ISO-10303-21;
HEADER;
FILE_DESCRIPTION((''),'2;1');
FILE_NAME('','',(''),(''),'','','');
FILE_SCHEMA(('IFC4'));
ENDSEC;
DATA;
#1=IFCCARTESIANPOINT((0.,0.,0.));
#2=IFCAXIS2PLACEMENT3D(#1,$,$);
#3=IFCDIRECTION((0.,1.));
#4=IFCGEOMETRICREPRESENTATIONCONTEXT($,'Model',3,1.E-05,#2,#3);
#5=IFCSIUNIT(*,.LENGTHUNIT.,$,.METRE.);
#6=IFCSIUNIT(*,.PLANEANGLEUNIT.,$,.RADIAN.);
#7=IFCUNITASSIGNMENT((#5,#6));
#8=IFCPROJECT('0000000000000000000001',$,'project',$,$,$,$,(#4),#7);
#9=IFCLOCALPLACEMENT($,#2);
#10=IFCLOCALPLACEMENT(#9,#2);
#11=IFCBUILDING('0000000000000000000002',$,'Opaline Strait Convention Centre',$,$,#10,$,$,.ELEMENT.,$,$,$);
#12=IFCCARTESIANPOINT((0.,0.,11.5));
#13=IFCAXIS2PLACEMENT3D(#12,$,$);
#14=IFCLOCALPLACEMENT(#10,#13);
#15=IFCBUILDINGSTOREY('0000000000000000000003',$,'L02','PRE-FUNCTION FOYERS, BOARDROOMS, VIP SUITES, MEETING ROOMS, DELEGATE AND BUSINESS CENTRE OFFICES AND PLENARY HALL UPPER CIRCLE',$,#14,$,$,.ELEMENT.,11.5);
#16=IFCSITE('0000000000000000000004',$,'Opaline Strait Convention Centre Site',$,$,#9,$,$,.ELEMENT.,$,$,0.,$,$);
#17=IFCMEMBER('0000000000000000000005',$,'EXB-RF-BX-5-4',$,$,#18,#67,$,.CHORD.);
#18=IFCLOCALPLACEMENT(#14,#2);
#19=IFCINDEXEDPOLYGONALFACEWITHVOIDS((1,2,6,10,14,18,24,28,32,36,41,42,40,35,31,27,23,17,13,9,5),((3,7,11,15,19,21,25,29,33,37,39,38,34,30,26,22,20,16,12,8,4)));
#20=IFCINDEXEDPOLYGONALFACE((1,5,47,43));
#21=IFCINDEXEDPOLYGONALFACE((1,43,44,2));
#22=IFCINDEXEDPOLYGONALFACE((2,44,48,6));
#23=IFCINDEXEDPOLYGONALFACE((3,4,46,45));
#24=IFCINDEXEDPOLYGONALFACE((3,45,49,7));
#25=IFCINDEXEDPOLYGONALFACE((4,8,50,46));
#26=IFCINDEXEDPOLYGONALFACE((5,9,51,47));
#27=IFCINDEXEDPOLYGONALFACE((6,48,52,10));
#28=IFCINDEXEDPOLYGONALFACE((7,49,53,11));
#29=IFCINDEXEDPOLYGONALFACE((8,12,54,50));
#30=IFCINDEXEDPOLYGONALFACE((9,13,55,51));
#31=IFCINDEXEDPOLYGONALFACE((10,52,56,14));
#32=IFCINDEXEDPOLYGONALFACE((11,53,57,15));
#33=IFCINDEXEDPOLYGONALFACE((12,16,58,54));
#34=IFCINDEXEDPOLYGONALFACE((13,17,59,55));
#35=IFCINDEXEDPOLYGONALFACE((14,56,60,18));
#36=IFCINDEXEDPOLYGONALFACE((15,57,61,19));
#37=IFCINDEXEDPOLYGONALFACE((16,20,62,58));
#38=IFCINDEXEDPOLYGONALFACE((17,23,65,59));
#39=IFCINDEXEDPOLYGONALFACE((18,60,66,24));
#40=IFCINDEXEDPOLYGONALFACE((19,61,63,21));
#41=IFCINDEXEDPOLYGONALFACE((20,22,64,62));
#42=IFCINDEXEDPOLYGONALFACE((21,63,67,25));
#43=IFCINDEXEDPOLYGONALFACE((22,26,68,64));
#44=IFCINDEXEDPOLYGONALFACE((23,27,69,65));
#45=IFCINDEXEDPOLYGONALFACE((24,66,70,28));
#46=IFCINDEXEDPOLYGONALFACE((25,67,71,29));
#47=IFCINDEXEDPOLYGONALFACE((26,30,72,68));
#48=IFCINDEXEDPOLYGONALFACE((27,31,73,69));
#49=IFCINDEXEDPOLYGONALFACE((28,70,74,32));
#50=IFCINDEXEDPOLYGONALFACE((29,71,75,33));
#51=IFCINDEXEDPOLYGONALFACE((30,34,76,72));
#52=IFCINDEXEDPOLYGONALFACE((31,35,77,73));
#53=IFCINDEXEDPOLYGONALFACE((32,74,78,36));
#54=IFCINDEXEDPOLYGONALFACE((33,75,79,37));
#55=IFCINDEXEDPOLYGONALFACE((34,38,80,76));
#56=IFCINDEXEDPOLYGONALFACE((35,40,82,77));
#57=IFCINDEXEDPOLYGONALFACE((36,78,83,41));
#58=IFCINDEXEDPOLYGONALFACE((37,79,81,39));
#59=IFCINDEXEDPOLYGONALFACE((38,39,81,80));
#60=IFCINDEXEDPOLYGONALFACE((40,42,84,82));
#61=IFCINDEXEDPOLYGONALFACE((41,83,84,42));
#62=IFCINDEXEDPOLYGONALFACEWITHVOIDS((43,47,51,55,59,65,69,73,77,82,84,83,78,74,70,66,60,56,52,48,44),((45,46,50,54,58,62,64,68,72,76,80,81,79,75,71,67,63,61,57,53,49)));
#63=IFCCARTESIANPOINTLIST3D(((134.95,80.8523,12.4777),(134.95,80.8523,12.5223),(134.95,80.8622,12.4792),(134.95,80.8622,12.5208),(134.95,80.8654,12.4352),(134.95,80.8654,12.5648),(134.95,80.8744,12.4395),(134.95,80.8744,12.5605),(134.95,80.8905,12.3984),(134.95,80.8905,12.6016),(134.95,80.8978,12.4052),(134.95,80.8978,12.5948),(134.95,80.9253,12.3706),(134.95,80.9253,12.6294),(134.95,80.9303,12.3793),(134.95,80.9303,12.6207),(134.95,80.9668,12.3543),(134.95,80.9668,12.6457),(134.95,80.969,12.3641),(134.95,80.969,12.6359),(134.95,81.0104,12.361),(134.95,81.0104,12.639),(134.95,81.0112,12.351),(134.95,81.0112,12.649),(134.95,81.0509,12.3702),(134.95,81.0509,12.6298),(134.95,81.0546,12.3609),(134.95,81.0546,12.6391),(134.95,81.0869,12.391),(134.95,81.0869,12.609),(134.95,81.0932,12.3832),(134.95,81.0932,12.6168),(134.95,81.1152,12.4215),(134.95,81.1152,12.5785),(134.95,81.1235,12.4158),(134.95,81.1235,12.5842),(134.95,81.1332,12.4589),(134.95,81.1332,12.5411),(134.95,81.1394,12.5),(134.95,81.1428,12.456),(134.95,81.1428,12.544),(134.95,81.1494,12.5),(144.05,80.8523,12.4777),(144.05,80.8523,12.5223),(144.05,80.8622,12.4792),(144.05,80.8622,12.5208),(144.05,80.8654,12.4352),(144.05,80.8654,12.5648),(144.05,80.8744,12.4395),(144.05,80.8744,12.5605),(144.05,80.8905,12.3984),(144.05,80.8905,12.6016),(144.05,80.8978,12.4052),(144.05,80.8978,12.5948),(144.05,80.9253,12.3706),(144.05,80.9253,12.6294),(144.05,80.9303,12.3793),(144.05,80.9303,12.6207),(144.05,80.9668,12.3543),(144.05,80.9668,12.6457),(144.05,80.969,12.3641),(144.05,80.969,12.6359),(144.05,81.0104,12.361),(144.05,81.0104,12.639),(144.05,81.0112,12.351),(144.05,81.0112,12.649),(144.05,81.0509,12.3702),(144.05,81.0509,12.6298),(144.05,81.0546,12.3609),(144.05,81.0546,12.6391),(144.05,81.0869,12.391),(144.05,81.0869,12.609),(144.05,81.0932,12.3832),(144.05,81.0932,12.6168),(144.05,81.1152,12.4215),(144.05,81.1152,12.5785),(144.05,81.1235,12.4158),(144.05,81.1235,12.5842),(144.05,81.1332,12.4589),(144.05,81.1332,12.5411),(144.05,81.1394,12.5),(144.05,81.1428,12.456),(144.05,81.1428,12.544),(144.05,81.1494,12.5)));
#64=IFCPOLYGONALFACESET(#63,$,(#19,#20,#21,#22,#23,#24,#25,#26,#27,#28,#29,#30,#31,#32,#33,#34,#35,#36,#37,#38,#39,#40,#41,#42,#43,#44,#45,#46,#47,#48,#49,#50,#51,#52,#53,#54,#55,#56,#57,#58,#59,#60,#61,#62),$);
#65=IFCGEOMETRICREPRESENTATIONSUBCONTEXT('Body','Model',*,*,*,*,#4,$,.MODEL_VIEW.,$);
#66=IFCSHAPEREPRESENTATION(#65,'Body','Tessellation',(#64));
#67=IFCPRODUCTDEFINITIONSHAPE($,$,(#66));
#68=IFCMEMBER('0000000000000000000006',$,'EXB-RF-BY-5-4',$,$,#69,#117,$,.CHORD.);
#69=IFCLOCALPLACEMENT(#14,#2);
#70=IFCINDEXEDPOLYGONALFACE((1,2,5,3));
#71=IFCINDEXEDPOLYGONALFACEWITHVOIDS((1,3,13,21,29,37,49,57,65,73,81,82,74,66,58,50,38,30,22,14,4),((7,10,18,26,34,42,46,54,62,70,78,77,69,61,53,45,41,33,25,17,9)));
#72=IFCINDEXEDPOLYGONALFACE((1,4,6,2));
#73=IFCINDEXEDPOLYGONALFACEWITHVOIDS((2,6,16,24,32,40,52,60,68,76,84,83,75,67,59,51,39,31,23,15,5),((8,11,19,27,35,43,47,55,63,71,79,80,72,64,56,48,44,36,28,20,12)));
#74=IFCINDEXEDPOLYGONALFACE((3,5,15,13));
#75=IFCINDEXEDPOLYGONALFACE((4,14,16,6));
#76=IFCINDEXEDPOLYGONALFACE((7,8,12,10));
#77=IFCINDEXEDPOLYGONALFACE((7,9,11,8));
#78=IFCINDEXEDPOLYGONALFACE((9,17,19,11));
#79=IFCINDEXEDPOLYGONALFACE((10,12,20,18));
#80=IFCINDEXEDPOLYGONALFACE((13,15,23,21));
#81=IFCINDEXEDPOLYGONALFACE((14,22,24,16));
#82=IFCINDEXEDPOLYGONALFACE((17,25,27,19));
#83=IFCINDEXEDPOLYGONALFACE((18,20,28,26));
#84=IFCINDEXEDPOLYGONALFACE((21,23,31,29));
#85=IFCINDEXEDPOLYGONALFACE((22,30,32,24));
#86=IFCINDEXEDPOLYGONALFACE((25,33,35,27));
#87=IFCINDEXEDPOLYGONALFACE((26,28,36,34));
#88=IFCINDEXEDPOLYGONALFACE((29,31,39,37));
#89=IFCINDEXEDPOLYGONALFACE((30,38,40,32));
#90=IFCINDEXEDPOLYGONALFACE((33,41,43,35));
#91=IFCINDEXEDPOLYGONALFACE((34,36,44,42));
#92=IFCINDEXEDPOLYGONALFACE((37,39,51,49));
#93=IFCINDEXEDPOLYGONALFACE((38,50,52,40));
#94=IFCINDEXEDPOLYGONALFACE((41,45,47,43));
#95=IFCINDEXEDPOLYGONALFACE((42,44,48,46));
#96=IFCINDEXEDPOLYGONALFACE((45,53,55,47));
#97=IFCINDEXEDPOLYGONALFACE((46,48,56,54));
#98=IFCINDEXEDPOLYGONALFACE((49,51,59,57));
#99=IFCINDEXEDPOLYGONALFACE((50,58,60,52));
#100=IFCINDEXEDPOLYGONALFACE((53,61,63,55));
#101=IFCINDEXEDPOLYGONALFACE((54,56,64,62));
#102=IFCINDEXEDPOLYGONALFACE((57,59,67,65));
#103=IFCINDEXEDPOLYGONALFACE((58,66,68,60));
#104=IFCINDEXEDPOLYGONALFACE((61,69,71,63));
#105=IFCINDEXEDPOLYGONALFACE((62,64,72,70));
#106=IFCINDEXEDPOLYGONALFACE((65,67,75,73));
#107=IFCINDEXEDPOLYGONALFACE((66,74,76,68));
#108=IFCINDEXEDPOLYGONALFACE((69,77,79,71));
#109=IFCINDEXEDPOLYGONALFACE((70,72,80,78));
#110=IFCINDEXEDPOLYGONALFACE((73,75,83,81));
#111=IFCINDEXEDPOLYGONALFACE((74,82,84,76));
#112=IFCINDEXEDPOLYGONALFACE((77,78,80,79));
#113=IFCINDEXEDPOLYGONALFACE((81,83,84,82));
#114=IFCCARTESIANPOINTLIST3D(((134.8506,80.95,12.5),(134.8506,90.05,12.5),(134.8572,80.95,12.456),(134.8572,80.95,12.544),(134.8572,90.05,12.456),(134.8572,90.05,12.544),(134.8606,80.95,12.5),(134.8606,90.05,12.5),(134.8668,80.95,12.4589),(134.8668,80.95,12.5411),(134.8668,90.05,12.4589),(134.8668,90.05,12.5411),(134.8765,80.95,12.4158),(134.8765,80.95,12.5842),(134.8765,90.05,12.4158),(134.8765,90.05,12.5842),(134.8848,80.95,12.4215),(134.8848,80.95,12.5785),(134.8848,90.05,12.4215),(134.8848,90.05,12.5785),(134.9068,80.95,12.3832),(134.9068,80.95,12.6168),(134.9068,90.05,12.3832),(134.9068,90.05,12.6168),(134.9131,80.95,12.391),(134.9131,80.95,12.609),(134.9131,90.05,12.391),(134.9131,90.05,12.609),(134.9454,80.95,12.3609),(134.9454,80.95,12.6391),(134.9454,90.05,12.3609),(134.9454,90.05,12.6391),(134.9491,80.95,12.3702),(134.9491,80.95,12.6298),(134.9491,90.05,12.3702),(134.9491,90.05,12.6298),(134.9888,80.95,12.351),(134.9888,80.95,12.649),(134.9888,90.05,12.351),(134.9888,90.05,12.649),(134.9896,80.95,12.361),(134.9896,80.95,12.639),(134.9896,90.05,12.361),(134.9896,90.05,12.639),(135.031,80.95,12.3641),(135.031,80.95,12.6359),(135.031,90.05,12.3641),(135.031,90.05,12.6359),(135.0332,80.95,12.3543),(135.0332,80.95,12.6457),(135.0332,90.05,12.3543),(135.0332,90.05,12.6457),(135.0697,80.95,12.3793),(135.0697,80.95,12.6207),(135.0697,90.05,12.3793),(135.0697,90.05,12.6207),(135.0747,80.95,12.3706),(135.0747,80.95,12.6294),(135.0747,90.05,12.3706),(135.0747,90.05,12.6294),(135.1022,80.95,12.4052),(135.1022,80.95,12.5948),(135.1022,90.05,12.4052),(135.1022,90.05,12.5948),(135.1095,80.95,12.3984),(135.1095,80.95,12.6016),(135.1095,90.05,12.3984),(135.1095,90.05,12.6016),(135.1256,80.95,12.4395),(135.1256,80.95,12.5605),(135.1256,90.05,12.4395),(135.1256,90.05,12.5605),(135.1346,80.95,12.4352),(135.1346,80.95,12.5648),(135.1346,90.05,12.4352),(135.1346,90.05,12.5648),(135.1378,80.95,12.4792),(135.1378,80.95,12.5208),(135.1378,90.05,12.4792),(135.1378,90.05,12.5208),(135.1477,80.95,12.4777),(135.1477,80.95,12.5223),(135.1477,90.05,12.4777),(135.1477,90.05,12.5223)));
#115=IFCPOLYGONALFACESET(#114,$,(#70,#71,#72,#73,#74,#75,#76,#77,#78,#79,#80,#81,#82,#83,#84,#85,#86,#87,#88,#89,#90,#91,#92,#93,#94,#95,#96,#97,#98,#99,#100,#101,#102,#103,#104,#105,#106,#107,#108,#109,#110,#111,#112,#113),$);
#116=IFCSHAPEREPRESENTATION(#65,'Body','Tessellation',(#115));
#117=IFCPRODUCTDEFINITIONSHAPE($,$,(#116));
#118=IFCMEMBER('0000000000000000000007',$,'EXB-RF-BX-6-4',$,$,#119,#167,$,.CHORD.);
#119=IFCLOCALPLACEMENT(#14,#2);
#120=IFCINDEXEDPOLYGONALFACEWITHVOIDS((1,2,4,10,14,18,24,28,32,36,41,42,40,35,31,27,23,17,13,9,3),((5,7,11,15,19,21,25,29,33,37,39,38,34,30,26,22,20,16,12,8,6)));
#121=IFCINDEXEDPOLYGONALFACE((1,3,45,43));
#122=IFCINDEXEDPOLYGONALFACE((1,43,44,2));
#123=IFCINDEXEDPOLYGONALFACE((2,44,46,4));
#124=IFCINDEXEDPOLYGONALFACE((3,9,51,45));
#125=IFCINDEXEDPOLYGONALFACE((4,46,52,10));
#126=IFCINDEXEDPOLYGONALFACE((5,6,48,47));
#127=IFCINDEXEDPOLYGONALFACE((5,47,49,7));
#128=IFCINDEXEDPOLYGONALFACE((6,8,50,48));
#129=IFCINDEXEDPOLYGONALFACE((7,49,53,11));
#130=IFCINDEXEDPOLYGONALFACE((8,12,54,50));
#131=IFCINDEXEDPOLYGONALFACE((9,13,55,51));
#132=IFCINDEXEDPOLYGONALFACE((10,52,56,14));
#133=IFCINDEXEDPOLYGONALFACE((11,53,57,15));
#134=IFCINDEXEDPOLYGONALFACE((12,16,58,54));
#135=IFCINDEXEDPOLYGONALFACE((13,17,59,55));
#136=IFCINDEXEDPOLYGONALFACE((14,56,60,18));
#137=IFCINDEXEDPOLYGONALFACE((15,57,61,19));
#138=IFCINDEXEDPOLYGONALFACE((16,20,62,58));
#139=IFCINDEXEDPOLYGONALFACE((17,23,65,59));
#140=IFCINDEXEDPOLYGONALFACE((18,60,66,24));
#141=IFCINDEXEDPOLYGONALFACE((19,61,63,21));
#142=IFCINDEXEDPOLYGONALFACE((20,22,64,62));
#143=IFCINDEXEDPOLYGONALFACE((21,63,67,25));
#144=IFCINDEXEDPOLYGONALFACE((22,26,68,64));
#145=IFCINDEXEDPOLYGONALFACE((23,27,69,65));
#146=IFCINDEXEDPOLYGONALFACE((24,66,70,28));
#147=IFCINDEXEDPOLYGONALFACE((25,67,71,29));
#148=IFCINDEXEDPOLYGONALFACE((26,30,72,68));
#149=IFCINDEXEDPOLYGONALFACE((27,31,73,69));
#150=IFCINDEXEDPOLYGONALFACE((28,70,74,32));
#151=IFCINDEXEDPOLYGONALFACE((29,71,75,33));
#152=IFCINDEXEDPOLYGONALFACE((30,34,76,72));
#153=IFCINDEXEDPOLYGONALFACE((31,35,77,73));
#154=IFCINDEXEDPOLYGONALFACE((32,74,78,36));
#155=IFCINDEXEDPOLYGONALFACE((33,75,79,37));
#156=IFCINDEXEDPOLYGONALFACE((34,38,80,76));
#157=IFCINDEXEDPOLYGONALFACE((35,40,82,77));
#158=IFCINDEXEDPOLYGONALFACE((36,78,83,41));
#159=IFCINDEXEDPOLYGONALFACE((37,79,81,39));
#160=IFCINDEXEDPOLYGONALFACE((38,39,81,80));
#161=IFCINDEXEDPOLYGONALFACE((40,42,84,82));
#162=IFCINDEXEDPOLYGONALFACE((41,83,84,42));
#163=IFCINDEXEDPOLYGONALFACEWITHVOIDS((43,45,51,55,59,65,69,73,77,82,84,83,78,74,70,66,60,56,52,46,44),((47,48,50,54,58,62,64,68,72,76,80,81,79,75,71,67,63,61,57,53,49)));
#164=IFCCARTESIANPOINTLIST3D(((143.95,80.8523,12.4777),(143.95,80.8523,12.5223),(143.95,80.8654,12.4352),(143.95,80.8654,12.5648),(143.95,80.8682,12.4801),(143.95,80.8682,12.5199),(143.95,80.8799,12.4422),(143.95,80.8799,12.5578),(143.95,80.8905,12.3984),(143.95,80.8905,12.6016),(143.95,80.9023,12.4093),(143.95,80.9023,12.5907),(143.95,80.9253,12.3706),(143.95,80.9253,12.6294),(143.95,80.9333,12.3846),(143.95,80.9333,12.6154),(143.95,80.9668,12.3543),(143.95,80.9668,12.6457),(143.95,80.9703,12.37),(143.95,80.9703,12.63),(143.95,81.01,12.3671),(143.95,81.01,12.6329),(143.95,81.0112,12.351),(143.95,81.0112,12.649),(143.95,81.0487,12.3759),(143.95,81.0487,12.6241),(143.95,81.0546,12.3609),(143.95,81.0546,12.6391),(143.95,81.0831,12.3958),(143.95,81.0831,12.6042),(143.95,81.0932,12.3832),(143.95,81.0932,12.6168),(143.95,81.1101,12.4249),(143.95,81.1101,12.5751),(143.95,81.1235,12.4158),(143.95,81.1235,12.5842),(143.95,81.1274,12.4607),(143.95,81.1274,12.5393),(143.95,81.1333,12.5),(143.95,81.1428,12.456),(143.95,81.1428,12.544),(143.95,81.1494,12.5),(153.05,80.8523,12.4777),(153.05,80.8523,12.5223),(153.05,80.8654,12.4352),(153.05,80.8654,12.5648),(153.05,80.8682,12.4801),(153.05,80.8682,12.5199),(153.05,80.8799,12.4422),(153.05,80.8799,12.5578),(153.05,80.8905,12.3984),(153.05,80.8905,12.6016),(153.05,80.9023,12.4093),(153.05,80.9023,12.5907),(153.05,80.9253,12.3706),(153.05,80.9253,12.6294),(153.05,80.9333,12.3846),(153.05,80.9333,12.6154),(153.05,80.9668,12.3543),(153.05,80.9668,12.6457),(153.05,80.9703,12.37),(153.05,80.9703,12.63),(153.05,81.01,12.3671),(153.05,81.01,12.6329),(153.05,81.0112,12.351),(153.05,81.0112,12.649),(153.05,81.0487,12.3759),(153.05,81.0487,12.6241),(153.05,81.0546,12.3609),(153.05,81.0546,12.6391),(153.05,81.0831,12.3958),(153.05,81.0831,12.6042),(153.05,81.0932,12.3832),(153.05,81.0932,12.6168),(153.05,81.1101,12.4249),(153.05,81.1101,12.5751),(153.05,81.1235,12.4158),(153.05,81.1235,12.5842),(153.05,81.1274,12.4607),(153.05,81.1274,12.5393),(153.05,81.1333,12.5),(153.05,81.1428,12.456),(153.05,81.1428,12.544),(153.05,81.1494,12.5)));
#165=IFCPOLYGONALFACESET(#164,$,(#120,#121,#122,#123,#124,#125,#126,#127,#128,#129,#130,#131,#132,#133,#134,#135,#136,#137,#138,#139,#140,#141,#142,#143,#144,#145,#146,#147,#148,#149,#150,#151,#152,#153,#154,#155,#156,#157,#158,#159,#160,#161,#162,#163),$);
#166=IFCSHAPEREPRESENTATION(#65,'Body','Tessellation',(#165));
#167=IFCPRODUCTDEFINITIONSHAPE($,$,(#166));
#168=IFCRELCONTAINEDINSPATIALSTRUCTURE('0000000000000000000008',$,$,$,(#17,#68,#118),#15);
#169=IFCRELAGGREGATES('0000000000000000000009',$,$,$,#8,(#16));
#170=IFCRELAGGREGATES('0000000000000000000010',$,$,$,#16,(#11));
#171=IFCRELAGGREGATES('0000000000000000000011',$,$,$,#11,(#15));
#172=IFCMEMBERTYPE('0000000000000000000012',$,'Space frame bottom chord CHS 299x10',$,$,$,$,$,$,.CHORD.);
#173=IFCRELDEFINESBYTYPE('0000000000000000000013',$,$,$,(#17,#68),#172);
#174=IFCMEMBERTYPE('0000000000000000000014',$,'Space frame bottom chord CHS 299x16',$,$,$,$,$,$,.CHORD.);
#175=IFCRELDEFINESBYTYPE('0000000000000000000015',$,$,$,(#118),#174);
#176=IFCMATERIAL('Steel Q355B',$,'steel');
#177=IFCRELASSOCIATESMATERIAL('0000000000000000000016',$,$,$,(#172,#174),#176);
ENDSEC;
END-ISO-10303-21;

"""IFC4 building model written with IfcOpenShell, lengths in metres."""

from ifc_helpers import new_model, si_unit, direction, frame, origin, origin_2d, place, context, subcontext, project, spatial, hollow_circle, extrude, material, material_profile, profile_set, type_object, element, save


model = new_model("IFC4")

# Units and contexts
model_context = context("Model", 3, precision=1e-05, world=origin(), true_north=direction((0.0, 1.0)))
body_context = subcontext(model_context, "Body", "Model", "MODEL_VIEW")
ifc_project = project(units=[si_unit("LENGTHUNIT", "METRE"), si_unit("PLANEANGLEUNIT", "RADIAN")], contexts=[model_context])

# Site, building, storey
site_placement = place(None, origin())
site = spatial("IfcSite", under=ifc_project, at=site_placement, Name="Opaline Strait Convention Centre Site", CompositionType="ELEMENT", RefElevation=0.0)
building_placement = place(site_placement, origin())
building = spatial("IfcBuilding", under=site, at=building_placement, Name="Opaline Strait Convention Centre", CompositionType="ELEMENT")
storey_placement = place(building_placement, frame((0.0, 0.0, 11.5)))
storey = spatial("IfcBuildingStorey", under=building, at=storey_placement, Name="L02", Description="PRE-FUNCTION FOYERS, BOARDROOMS, VIP SUITES, MEETING ROOMS, DELEGATE AND BUSINESS CENTRE OFFICES AND PLENARY HALL UPPER CIRCLE", CompositionType="ELEMENT", Elevation=11.5)

# Members
ifc_material_1 = material(Name="Steel Q355B", Category="steel")
ifc_material_profile_1 = material_profile(ifc_material_1, hollow_circle(Radius=0.1494, WallThickness=0.01, at=origin_2d()), Name="CHS 299x10")
ifc_profile_set_1 = profile_set([ifc_material_profile_1], Name="Steel Q355B")
member_type_1 = type_object("IfcMemberType", Name="Space frame bottom chord CHS 299x10", PredefinedType="CHORD", material=ifc_profile_set_1)
for number, where, z_axis, x_axis, name in (
    (1, (134.95, 81.0, 12.5), (1.0, 0.0, 0.0), (0.0, 1.0, 0.0), "EXB-RF-BX-5-4"),
    (2, (135.0, 80.95, 12.5), (0.0, 1.0, 0.0), (-1.0, 0.0, 0.0), "EXB-RF-BY-5-4"),
):
    element("IfcMember", number, at=place(storey_placement, frame(where, z_axis=z_axis, x_axis=x_axis)), inside=storey, type_object=member_type_1, Name=name, PredefinedType="CHORD", context=body_context, shape_type="SweptSolid", body=[
        extrude(hollow_circle(Radius=0.1494, WallThickness=0.01, at=origin_2d()), origin(), (0.0, 0.0, 1.0), 9.1001),
    ])
ifc_material_profile_2 = material_profile(ifc_material_1, hollow_circle(Radius=0.1494, WallThickness=0.0161, at=origin_2d()), Name="CHS 299x16")
ifc_profile_set_2 = profile_set([ifc_material_profile_2], Name="Steel Q355B")
member_type_2 = type_object("IfcMemberType", Name="Space frame bottom chord CHS 299x16", PredefinedType="CHORD", material=ifc_profile_set_2)
for number, where, z_axis, x_axis, name in (
    (3, (143.95, 81.0, 12.5), (1.0, 0.0, 0.0), (0.0, 1.0, 0.0), "EXB-RF-BX-6-4"),
):
    element("IfcMember", number, at=place(storey_placement, frame(where, z_axis=z_axis, x_axis=x_axis)), inside=storey, type_object=member_type_2, Name=name, PredefinedType="CHORD", context=body_context, shape_type="SweptSolid", body=[
        extrude(hollow_circle(Radius=0.1494, WallThickness=0.0161, at=origin_2d()), origin(), (0.0, 0.0, 1.0), 9.1001),
    ])

save(model, "model.ifc")
